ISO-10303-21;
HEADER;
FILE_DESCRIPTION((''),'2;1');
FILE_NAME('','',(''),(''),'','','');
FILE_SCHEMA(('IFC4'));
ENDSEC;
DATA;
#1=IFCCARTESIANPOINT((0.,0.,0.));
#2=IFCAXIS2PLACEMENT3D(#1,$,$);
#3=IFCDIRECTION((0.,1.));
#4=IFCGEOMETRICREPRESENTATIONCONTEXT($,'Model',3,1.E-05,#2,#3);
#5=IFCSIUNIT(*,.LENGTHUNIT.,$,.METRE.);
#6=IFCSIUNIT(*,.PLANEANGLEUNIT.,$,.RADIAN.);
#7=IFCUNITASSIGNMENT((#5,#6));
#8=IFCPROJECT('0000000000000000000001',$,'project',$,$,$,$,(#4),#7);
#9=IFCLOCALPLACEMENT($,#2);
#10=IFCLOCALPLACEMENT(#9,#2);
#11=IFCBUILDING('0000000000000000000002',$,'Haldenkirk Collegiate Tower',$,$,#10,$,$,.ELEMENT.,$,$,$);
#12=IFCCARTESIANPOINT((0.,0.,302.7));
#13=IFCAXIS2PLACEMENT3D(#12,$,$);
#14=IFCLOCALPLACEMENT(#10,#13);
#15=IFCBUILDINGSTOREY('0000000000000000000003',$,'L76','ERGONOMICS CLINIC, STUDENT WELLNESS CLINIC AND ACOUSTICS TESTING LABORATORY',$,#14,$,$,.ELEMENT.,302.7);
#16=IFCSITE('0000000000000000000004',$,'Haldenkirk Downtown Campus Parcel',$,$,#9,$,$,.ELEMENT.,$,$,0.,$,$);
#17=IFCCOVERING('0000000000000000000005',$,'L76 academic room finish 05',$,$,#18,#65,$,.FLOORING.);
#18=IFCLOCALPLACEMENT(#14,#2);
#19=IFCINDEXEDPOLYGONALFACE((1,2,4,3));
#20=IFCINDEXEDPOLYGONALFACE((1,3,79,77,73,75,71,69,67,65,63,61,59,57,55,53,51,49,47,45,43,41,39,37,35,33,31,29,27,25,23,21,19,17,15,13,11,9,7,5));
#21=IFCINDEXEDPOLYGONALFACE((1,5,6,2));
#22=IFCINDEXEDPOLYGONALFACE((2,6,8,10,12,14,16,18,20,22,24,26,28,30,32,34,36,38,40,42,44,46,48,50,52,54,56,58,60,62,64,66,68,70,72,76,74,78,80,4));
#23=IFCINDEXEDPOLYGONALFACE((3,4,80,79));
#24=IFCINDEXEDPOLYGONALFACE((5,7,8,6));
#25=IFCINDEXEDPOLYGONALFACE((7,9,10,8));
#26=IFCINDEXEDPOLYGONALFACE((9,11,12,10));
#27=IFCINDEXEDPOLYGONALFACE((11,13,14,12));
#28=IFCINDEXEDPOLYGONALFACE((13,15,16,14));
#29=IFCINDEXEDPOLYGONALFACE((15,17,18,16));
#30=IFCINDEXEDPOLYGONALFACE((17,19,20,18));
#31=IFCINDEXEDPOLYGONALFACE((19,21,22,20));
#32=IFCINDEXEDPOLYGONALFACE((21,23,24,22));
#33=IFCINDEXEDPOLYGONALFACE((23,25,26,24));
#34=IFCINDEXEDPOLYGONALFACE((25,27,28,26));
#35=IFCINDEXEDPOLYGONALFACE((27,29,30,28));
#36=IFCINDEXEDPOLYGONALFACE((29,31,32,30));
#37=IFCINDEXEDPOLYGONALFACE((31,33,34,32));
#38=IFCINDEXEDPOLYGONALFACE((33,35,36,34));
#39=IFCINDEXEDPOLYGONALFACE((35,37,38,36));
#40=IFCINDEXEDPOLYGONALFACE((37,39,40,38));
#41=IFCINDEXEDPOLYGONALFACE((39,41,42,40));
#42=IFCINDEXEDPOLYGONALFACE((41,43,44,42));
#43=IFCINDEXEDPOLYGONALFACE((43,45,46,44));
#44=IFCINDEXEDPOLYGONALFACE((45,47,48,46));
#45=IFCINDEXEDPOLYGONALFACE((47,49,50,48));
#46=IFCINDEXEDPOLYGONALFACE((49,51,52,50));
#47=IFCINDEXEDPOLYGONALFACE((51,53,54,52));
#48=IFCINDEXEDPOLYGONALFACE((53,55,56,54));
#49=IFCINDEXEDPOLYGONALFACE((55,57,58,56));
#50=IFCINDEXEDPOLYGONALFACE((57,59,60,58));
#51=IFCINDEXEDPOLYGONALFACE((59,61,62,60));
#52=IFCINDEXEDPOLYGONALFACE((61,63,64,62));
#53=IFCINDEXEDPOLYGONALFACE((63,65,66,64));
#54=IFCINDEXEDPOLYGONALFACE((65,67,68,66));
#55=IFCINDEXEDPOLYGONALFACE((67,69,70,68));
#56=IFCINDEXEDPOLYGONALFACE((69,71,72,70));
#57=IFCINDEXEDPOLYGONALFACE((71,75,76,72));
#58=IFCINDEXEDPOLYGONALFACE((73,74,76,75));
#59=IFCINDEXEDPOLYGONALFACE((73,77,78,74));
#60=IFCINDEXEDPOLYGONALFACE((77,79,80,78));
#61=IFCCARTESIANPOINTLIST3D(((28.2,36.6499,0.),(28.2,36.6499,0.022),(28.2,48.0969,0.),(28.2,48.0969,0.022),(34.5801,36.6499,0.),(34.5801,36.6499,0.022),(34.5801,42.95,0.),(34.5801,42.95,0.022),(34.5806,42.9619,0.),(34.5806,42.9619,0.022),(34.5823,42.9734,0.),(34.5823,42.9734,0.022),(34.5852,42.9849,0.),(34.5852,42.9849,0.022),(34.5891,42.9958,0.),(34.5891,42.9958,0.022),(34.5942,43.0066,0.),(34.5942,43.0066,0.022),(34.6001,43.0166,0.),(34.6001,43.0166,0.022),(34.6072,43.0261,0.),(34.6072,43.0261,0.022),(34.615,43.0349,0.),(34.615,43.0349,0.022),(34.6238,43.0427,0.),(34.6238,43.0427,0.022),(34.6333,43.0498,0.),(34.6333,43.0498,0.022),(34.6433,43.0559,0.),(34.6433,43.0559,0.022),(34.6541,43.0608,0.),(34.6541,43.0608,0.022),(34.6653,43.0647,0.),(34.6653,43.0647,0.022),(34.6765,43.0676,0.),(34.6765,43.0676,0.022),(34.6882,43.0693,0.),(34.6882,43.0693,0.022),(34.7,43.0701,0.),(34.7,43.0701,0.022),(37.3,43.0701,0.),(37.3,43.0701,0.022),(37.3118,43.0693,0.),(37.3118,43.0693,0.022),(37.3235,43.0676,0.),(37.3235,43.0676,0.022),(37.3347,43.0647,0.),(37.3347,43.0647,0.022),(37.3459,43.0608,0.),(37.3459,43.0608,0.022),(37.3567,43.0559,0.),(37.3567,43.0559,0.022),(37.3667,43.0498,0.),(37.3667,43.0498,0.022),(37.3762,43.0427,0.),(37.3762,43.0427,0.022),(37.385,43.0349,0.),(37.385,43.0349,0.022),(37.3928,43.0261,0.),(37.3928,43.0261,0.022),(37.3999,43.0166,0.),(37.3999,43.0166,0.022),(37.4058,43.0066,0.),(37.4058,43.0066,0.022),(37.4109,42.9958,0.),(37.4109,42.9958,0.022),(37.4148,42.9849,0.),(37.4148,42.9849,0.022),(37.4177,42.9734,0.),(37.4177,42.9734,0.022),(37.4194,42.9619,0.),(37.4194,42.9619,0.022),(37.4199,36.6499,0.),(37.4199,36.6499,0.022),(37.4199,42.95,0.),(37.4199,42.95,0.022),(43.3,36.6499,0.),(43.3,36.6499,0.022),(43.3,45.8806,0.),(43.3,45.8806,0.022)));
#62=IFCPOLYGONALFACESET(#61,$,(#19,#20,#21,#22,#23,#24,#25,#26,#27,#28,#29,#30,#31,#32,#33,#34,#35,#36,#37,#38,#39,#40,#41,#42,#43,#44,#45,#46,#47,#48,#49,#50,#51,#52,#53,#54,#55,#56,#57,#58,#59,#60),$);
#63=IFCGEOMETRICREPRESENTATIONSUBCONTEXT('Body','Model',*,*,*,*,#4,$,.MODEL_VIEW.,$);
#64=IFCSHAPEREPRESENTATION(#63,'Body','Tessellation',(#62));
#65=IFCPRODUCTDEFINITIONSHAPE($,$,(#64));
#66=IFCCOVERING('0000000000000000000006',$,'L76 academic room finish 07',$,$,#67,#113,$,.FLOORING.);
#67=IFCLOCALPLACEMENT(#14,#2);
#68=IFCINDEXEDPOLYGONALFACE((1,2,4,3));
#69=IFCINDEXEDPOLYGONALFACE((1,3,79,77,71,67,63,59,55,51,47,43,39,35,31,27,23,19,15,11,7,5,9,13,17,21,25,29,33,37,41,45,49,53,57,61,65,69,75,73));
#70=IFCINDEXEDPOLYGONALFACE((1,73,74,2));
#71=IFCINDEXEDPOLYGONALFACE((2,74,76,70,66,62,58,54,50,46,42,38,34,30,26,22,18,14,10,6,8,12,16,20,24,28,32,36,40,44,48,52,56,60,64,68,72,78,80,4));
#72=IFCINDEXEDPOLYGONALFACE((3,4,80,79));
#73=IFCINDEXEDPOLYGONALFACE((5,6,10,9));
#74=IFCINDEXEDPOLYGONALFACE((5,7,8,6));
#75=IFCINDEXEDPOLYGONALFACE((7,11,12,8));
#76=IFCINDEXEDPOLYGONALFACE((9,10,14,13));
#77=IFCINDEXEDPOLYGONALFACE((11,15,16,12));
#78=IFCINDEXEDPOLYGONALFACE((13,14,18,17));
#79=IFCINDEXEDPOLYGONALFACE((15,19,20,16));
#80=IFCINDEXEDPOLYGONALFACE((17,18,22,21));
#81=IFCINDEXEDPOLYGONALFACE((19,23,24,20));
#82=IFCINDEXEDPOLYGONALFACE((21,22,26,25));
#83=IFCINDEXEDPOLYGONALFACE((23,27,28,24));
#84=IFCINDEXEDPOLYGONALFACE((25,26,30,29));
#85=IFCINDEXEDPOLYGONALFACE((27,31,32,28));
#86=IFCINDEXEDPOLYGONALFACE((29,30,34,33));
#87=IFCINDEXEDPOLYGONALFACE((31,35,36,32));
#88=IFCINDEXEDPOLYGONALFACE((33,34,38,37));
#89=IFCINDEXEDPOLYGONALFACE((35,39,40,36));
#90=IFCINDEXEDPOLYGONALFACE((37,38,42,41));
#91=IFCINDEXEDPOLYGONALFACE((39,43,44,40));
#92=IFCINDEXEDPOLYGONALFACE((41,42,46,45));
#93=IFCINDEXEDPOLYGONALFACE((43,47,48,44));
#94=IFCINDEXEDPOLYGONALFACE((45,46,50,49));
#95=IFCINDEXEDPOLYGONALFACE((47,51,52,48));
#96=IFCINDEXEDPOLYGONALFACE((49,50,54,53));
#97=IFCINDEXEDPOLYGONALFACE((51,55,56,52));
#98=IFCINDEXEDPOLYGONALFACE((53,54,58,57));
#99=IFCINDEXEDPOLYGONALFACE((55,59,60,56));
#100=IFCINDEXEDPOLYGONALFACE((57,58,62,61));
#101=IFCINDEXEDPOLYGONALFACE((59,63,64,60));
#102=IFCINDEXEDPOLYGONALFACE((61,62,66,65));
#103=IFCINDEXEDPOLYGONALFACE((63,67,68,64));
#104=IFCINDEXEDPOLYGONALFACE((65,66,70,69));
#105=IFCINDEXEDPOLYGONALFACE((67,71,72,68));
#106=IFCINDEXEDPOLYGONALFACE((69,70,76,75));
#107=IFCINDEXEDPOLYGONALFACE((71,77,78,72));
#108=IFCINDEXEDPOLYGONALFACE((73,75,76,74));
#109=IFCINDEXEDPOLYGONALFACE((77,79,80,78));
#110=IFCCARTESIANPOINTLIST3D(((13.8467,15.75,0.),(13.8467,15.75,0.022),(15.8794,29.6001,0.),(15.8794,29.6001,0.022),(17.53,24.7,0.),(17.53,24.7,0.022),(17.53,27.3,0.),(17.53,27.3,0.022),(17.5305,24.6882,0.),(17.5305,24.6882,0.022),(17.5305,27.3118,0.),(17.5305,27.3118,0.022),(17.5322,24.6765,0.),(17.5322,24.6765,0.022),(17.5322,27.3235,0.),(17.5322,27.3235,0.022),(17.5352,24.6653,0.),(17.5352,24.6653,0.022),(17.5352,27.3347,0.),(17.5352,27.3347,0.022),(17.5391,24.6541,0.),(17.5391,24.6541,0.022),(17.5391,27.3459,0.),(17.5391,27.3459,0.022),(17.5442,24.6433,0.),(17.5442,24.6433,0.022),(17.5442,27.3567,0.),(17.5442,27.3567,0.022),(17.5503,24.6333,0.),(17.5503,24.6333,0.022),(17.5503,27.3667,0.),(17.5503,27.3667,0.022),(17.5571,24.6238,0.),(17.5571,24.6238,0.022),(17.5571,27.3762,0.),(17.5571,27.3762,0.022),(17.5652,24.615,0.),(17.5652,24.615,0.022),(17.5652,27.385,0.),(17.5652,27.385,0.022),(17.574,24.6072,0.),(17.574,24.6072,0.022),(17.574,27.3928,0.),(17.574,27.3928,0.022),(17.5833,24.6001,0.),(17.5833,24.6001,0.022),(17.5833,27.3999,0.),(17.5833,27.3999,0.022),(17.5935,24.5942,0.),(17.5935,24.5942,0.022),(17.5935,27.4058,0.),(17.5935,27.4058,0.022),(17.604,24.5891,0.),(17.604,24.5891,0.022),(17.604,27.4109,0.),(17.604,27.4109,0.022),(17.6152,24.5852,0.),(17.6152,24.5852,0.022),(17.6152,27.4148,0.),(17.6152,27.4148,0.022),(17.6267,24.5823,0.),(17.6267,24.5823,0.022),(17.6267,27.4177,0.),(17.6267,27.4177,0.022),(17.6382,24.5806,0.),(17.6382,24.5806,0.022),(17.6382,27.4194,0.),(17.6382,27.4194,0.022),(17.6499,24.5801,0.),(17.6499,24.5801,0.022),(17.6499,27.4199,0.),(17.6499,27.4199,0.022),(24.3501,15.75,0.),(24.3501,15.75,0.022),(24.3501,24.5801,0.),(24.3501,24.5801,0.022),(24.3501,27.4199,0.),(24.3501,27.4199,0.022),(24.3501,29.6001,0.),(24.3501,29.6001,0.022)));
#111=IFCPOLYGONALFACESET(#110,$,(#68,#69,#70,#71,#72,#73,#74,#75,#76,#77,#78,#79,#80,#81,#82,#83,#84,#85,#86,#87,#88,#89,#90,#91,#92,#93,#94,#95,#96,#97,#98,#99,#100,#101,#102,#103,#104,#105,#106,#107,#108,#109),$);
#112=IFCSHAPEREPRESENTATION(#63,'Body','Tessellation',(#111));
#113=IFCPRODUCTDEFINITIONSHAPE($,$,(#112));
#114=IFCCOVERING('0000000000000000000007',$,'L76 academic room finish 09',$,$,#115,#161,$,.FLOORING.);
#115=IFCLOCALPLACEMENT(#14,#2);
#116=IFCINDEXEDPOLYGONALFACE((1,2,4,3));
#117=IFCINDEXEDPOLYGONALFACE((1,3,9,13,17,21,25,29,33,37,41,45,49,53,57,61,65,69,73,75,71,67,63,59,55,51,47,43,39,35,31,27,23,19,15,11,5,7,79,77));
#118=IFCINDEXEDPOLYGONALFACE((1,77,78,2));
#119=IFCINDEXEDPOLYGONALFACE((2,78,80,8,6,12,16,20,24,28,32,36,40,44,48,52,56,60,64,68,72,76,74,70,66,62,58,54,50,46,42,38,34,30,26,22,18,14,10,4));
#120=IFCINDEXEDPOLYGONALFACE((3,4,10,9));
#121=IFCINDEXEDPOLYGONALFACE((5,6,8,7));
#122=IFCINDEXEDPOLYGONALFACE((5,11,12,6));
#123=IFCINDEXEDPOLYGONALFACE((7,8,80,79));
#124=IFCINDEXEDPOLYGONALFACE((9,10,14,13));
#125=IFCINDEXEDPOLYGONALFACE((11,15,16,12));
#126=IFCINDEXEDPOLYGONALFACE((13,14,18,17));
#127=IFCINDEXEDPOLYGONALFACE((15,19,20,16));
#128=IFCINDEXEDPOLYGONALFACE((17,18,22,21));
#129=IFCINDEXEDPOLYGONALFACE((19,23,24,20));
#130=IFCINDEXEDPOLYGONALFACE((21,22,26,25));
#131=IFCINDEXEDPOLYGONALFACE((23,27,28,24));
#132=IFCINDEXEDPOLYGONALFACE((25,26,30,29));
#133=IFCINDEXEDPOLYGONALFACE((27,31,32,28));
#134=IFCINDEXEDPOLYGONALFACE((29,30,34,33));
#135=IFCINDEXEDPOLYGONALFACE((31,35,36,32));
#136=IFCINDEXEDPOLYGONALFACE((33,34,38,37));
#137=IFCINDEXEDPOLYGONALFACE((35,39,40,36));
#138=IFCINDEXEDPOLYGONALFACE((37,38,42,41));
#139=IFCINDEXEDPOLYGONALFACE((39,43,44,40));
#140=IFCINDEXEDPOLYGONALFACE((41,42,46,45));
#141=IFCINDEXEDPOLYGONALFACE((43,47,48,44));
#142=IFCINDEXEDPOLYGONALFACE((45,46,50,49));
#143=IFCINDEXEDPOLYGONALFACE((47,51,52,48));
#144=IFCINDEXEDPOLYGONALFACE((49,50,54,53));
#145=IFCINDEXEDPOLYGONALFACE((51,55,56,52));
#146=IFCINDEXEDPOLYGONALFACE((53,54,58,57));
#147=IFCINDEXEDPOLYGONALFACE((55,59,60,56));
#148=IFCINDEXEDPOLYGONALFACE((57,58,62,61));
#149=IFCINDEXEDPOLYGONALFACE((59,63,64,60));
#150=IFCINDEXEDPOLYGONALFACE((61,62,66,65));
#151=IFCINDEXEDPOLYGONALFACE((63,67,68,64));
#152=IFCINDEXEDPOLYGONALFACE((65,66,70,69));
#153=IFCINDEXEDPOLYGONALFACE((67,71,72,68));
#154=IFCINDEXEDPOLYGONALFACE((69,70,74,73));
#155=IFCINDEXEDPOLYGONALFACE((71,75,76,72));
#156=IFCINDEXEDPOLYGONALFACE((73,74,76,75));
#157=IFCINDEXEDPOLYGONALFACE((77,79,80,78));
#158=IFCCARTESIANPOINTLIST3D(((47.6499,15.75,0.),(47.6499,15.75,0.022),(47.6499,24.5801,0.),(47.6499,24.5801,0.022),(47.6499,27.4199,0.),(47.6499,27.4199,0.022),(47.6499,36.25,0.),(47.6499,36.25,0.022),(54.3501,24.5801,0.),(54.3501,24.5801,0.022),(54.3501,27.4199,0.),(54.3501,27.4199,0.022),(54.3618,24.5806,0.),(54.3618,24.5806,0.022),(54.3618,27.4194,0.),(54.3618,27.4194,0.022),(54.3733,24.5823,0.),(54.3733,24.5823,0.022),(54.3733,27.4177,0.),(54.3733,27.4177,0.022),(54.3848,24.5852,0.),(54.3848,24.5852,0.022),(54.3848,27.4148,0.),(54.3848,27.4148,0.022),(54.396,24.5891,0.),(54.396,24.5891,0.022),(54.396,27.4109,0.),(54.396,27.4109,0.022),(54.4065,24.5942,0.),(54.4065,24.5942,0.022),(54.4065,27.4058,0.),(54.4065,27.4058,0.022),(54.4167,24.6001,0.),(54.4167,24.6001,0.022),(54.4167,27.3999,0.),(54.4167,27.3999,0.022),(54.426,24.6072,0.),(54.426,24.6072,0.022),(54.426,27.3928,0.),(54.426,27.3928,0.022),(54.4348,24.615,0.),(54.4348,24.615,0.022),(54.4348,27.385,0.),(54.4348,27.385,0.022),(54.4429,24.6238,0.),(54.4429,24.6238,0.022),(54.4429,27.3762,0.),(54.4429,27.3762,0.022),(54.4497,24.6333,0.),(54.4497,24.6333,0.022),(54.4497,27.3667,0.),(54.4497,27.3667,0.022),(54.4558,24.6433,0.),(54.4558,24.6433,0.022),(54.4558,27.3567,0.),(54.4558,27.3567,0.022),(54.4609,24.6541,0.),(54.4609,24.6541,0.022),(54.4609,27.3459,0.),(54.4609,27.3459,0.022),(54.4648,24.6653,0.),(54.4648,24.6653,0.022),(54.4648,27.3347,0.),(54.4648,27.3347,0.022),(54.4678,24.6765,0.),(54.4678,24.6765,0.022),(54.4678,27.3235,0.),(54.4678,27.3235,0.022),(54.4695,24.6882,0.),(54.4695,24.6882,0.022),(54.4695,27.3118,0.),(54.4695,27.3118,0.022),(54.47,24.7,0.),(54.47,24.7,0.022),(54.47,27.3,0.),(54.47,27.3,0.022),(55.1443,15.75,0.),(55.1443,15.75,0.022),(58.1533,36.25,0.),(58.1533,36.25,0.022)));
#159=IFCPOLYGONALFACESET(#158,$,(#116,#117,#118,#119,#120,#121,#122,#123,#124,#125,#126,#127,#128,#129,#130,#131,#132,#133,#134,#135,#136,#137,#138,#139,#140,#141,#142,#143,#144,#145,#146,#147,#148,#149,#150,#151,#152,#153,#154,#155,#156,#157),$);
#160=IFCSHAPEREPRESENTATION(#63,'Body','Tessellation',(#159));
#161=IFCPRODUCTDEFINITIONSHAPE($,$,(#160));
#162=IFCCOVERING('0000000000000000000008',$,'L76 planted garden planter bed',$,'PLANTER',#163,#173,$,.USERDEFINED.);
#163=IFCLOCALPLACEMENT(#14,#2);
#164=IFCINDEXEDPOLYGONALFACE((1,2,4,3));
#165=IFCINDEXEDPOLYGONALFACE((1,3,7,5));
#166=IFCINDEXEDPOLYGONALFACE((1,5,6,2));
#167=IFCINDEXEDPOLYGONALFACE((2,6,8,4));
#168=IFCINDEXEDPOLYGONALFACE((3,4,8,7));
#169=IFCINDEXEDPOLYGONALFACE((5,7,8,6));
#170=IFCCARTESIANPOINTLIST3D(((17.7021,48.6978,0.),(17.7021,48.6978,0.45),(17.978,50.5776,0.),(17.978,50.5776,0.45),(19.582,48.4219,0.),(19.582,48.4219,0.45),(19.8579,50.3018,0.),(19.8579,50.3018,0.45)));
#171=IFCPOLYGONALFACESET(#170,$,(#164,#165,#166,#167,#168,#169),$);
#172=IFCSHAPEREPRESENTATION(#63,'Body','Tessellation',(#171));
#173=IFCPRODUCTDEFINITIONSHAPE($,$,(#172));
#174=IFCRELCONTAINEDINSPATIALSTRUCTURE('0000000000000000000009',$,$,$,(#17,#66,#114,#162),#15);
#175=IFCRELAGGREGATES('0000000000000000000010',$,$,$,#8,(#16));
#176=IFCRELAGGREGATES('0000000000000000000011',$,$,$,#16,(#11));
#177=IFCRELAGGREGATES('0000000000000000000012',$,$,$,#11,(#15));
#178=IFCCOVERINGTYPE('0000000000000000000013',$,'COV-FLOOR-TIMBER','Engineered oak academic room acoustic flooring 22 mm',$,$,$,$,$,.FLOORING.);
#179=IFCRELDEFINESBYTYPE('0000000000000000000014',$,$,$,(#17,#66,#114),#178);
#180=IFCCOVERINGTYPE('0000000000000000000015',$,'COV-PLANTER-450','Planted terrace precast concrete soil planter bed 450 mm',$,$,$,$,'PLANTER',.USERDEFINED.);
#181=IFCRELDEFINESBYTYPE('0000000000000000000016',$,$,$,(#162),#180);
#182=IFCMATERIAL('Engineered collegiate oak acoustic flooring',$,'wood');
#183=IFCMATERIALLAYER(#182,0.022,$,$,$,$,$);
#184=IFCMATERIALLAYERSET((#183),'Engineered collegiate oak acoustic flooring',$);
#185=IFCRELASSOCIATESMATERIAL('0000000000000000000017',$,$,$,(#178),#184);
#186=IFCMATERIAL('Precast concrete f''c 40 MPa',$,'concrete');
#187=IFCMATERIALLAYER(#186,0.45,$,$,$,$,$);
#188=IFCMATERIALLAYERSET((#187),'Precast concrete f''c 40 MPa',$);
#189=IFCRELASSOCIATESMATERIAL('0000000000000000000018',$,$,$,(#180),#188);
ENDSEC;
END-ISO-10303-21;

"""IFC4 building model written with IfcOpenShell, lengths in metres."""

from ifc_helpers import new_model, si_unit, direction, frame, origin, place, context, subcontext, project, spatial, polyline, outline, extrude, material, layer, layer_set, type_object, element, save


model = new_model("IFC4")

# Units and contexts
model_context = context("Model", 3, precision=1e-05, world=origin(), true_north=direction((0.0, 1.0)))
body_context = subcontext(model_context, "Body", "Model", "MODEL_VIEW")
ifc_project = project(units=[si_unit("LENGTHUNIT", "METRE"), si_unit("PLANEANGLEUNIT", "RADIAN")], contexts=[model_context])

# Site, building, storey
site_placement = place(None, origin())
site = spatial("IfcSite", under=ifc_project, at=site_placement, Name="Haldenkirk Downtown Campus Parcel", CompositionType="ELEMENT", RefElevation=0.0)
building_placement = place(site_placement, origin())
building = spatial("IfcBuilding", under=site, at=building_placement, Name="Haldenkirk Collegiate Tower", CompositionType="ELEMENT")
storey_placement = place(building_placement, frame((0.0, 0.0, 302.7)))
storey = spatial("IfcBuildingStorey", under=building, at=storey_placement, Name="L76", Description="ERGONOMICS CLINIC, STUDENT WELLNESS CLINIC AND ACOUSTICS TESTING LABORATORY", CompositionType="ELEMENT", Elevation=302.7)

# Shared definitions
ifc_material_1 = material(Name="Precast concrete f'c 40 MPa", Category="concrete")

# Coverings
ifc_material_2 = material(Name="Engineered collegiate oak acoustic flooring", Category="wood")
ifc_layer_1 = layer(ifc_material_2, 0.022)
ifc_layer_set_1 = layer_set([ifc_layer_1], Name="Engineered collegiate oak acoustic flooring")
covering_type_1 = type_object("IfcCoveringType", Name="COV-FLOOR-TIMBER", Description="Engineered oak academic room acoustic flooring 22 mm", PredefinedType="FLOORING", material=ifc_layer_set_1)
covering_1_placement = place(storey_placement, origin())
element("IfcCovering", 1, at=covering_1_placement, inside=storey, type_object=covering_type_1, Name="L76 academic room finish 05", PredefinedType="FLOORING", context=body_context, shape_type="SweptSolid", body=[
    extrude(outline(polyline([(43.3, 45.8806), (43.3, 36.6499), (37.4199, 36.6499), (37.4199, 42.95), (37.4194, 42.9619), (37.4177, 42.9734), (37.4148, 42.9849), (37.4109, 42.9958), (37.4058, 43.0066), (37.3999, 43.0166), (37.3928, 43.0261), (37.385, 43.0349), (37.3762, 43.0427), (37.3667, 43.0498), (37.3567, 43.0559), (37.3459, 43.0608), (37.3347, 43.0647), (37.3235, 43.0676), (37.3118, 43.0693), (37.3, 43.0701), (34.7, 43.0701), (34.6882, 43.0693), (34.6765, 43.0676), (34.6653, 43.0647), (34.6541, 43.0608), (34.6433, 43.0559), (34.6333, 43.0498), (34.6238, 43.0427), (34.615, 43.0349), (34.6072, 43.0261), (34.6001, 43.0166), (34.5942, 43.0066), (34.5891, 42.9958), (34.5852, 42.9849), (34.5823, 42.9734), (34.5806, 42.9619), (34.5801, 42.95), (34.5801, 36.6499), (28.2, 36.6499), (28.2, 48.0969), (43.3, 45.8806)])), origin(), (0.0, 0.0, 1.0), 0.022),
])
covering_2_placement = place(storey_placement, origin())
element("IfcCovering", 2, at=covering_2_placement, inside=storey, type_object=covering_type_1, Name="L76 academic room finish 07", PredefinedType="FLOORING", context=body_context, shape_type="SweptSolid", body=[
    extrude(outline(polyline([(17.6499, 27.4199), (17.6382, 27.4194), (17.6267, 27.4177), (17.6152, 27.4148), (17.604, 27.4109), (17.5935, 27.4058), (17.5833, 27.3999), (17.574, 27.3928), (17.5652, 27.385), (17.5571, 27.3762), (17.5503, 27.3667), (17.5442, 27.3567), (17.5391, 27.3459), (17.5352, 27.3347), (17.5322, 27.3235), (17.5305, 27.3118), (17.53, 27.3), (17.53, 24.7), (17.5305, 24.6882), (17.5322, 24.6765), (17.5352, 24.6653), (17.5391, 24.6541), (17.5442, 24.6433), (17.5503, 24.6333), (17.5571, 24.6238), (17.5652, 24.615), (17.574, 24.6072), (17.5833, 24.6001), (17.5935, 24.5942), (17.604, 24.5891), (17.6152, 24.5852), (17.6267, 24.5823), (17.6382, 24.5806), (17.6499, 24.5801), (24.3501, 24.5801), (24.3501, 15.75), (13.8467, 15.75), (15.8794, 29.6001), (24.3501, 29.6001), (24.3501, 27.4199), (17.6499, 27.4199)])), origin(), (0.0, 0.0, 1.0), 0.022),
])
covering_3_placement = place(storey_placement, origin())
element("IfcCovering", 3, at=covering_3_placement, inside=storey, type_object=covering_type_1, Name="L76 academic room finish 09", PredefinedType="FLOORING", context=body_context, shape_type="SweptSolid", body=[
    extrude(outline(polyline([(54.3501, 24.5801), (54.3618, 24.5806), (54.3733, 24.5823), (54.3848, 24.5852), (54.396, 24.5891), (54.4065, 24.5942), (54.4167, 24.6001), (54.426, 24.6072), (54.4348, 24.615), (54.4429, 24.6238), (54.4497, 24.6333), (54.4558, 24.6433), (54.4609, 24.6541), (54.4648, 24.6653), (54.4678, 24.6765), (54.4695, 24.6882), (54.47, 24.7), (54.47, 27.3), (54.4695, 27.3118), (54.4678, 27.3235), (54.4648, 27.3347), (54.4609, 27.3459), (54.4558, 27.3567), (54.4497, 27.3667), (54.4429, 27.3762), (54.4348, 27.385), (54.426, 27.3928), (54.4167, 27.3999), (54.4065, 27.4058), (54.396, 27.4109), (54.3848, 27.4148), (54.3733, 27.4177), (54.3618, 27.4194), (54.3501, 27.4199), (47.6499, 27.4199), (47.6499, 36.25), (58.1533, 36.25), (55.1443, 15.75), (47.6499, 15.75), (47.6499, 24.5801), (54.3501, 24.5801)])), origin(), (0.0, 0.0, 1.0), 0.022),
])
ifc_layer_2 = layer(ifc_material_1, 0.45)
ifc_layer_set_2 = layer_set([ifc_layer_2], Name="Precast concrete f'c 40 MPa")
covering_type_2 = type_object("IfcCoveringType", Name="COV-PLANTER-450", Description="Planted terrace precast concrete soil planter bed 450 mm", ElementType="PLANTER", PredefinedType="USERDEFINED", material=ifc_layer_set_2)
covering_4_placement = place(storey_placement, origin())
element("IfcCovering", 4, at=covering_4_placement, inside=storey, type_object=covering_type_2, Name="L76 planted garden planter bed", ObjectType="PLANTER", PredefinedType="USERDEFINED", context=body_context, shape_type="SweptSolid", body=[
    extrude(outline(polyline([(19.582, 48.4219), (17.7021, 48.6978), (17.978, 50.5776), (19.8579, 50.3018), (19.582, 48.4219)])), origin(), (0.0, 0.0, 1.0), 0.45),
])

save(model, "model.ifc")
